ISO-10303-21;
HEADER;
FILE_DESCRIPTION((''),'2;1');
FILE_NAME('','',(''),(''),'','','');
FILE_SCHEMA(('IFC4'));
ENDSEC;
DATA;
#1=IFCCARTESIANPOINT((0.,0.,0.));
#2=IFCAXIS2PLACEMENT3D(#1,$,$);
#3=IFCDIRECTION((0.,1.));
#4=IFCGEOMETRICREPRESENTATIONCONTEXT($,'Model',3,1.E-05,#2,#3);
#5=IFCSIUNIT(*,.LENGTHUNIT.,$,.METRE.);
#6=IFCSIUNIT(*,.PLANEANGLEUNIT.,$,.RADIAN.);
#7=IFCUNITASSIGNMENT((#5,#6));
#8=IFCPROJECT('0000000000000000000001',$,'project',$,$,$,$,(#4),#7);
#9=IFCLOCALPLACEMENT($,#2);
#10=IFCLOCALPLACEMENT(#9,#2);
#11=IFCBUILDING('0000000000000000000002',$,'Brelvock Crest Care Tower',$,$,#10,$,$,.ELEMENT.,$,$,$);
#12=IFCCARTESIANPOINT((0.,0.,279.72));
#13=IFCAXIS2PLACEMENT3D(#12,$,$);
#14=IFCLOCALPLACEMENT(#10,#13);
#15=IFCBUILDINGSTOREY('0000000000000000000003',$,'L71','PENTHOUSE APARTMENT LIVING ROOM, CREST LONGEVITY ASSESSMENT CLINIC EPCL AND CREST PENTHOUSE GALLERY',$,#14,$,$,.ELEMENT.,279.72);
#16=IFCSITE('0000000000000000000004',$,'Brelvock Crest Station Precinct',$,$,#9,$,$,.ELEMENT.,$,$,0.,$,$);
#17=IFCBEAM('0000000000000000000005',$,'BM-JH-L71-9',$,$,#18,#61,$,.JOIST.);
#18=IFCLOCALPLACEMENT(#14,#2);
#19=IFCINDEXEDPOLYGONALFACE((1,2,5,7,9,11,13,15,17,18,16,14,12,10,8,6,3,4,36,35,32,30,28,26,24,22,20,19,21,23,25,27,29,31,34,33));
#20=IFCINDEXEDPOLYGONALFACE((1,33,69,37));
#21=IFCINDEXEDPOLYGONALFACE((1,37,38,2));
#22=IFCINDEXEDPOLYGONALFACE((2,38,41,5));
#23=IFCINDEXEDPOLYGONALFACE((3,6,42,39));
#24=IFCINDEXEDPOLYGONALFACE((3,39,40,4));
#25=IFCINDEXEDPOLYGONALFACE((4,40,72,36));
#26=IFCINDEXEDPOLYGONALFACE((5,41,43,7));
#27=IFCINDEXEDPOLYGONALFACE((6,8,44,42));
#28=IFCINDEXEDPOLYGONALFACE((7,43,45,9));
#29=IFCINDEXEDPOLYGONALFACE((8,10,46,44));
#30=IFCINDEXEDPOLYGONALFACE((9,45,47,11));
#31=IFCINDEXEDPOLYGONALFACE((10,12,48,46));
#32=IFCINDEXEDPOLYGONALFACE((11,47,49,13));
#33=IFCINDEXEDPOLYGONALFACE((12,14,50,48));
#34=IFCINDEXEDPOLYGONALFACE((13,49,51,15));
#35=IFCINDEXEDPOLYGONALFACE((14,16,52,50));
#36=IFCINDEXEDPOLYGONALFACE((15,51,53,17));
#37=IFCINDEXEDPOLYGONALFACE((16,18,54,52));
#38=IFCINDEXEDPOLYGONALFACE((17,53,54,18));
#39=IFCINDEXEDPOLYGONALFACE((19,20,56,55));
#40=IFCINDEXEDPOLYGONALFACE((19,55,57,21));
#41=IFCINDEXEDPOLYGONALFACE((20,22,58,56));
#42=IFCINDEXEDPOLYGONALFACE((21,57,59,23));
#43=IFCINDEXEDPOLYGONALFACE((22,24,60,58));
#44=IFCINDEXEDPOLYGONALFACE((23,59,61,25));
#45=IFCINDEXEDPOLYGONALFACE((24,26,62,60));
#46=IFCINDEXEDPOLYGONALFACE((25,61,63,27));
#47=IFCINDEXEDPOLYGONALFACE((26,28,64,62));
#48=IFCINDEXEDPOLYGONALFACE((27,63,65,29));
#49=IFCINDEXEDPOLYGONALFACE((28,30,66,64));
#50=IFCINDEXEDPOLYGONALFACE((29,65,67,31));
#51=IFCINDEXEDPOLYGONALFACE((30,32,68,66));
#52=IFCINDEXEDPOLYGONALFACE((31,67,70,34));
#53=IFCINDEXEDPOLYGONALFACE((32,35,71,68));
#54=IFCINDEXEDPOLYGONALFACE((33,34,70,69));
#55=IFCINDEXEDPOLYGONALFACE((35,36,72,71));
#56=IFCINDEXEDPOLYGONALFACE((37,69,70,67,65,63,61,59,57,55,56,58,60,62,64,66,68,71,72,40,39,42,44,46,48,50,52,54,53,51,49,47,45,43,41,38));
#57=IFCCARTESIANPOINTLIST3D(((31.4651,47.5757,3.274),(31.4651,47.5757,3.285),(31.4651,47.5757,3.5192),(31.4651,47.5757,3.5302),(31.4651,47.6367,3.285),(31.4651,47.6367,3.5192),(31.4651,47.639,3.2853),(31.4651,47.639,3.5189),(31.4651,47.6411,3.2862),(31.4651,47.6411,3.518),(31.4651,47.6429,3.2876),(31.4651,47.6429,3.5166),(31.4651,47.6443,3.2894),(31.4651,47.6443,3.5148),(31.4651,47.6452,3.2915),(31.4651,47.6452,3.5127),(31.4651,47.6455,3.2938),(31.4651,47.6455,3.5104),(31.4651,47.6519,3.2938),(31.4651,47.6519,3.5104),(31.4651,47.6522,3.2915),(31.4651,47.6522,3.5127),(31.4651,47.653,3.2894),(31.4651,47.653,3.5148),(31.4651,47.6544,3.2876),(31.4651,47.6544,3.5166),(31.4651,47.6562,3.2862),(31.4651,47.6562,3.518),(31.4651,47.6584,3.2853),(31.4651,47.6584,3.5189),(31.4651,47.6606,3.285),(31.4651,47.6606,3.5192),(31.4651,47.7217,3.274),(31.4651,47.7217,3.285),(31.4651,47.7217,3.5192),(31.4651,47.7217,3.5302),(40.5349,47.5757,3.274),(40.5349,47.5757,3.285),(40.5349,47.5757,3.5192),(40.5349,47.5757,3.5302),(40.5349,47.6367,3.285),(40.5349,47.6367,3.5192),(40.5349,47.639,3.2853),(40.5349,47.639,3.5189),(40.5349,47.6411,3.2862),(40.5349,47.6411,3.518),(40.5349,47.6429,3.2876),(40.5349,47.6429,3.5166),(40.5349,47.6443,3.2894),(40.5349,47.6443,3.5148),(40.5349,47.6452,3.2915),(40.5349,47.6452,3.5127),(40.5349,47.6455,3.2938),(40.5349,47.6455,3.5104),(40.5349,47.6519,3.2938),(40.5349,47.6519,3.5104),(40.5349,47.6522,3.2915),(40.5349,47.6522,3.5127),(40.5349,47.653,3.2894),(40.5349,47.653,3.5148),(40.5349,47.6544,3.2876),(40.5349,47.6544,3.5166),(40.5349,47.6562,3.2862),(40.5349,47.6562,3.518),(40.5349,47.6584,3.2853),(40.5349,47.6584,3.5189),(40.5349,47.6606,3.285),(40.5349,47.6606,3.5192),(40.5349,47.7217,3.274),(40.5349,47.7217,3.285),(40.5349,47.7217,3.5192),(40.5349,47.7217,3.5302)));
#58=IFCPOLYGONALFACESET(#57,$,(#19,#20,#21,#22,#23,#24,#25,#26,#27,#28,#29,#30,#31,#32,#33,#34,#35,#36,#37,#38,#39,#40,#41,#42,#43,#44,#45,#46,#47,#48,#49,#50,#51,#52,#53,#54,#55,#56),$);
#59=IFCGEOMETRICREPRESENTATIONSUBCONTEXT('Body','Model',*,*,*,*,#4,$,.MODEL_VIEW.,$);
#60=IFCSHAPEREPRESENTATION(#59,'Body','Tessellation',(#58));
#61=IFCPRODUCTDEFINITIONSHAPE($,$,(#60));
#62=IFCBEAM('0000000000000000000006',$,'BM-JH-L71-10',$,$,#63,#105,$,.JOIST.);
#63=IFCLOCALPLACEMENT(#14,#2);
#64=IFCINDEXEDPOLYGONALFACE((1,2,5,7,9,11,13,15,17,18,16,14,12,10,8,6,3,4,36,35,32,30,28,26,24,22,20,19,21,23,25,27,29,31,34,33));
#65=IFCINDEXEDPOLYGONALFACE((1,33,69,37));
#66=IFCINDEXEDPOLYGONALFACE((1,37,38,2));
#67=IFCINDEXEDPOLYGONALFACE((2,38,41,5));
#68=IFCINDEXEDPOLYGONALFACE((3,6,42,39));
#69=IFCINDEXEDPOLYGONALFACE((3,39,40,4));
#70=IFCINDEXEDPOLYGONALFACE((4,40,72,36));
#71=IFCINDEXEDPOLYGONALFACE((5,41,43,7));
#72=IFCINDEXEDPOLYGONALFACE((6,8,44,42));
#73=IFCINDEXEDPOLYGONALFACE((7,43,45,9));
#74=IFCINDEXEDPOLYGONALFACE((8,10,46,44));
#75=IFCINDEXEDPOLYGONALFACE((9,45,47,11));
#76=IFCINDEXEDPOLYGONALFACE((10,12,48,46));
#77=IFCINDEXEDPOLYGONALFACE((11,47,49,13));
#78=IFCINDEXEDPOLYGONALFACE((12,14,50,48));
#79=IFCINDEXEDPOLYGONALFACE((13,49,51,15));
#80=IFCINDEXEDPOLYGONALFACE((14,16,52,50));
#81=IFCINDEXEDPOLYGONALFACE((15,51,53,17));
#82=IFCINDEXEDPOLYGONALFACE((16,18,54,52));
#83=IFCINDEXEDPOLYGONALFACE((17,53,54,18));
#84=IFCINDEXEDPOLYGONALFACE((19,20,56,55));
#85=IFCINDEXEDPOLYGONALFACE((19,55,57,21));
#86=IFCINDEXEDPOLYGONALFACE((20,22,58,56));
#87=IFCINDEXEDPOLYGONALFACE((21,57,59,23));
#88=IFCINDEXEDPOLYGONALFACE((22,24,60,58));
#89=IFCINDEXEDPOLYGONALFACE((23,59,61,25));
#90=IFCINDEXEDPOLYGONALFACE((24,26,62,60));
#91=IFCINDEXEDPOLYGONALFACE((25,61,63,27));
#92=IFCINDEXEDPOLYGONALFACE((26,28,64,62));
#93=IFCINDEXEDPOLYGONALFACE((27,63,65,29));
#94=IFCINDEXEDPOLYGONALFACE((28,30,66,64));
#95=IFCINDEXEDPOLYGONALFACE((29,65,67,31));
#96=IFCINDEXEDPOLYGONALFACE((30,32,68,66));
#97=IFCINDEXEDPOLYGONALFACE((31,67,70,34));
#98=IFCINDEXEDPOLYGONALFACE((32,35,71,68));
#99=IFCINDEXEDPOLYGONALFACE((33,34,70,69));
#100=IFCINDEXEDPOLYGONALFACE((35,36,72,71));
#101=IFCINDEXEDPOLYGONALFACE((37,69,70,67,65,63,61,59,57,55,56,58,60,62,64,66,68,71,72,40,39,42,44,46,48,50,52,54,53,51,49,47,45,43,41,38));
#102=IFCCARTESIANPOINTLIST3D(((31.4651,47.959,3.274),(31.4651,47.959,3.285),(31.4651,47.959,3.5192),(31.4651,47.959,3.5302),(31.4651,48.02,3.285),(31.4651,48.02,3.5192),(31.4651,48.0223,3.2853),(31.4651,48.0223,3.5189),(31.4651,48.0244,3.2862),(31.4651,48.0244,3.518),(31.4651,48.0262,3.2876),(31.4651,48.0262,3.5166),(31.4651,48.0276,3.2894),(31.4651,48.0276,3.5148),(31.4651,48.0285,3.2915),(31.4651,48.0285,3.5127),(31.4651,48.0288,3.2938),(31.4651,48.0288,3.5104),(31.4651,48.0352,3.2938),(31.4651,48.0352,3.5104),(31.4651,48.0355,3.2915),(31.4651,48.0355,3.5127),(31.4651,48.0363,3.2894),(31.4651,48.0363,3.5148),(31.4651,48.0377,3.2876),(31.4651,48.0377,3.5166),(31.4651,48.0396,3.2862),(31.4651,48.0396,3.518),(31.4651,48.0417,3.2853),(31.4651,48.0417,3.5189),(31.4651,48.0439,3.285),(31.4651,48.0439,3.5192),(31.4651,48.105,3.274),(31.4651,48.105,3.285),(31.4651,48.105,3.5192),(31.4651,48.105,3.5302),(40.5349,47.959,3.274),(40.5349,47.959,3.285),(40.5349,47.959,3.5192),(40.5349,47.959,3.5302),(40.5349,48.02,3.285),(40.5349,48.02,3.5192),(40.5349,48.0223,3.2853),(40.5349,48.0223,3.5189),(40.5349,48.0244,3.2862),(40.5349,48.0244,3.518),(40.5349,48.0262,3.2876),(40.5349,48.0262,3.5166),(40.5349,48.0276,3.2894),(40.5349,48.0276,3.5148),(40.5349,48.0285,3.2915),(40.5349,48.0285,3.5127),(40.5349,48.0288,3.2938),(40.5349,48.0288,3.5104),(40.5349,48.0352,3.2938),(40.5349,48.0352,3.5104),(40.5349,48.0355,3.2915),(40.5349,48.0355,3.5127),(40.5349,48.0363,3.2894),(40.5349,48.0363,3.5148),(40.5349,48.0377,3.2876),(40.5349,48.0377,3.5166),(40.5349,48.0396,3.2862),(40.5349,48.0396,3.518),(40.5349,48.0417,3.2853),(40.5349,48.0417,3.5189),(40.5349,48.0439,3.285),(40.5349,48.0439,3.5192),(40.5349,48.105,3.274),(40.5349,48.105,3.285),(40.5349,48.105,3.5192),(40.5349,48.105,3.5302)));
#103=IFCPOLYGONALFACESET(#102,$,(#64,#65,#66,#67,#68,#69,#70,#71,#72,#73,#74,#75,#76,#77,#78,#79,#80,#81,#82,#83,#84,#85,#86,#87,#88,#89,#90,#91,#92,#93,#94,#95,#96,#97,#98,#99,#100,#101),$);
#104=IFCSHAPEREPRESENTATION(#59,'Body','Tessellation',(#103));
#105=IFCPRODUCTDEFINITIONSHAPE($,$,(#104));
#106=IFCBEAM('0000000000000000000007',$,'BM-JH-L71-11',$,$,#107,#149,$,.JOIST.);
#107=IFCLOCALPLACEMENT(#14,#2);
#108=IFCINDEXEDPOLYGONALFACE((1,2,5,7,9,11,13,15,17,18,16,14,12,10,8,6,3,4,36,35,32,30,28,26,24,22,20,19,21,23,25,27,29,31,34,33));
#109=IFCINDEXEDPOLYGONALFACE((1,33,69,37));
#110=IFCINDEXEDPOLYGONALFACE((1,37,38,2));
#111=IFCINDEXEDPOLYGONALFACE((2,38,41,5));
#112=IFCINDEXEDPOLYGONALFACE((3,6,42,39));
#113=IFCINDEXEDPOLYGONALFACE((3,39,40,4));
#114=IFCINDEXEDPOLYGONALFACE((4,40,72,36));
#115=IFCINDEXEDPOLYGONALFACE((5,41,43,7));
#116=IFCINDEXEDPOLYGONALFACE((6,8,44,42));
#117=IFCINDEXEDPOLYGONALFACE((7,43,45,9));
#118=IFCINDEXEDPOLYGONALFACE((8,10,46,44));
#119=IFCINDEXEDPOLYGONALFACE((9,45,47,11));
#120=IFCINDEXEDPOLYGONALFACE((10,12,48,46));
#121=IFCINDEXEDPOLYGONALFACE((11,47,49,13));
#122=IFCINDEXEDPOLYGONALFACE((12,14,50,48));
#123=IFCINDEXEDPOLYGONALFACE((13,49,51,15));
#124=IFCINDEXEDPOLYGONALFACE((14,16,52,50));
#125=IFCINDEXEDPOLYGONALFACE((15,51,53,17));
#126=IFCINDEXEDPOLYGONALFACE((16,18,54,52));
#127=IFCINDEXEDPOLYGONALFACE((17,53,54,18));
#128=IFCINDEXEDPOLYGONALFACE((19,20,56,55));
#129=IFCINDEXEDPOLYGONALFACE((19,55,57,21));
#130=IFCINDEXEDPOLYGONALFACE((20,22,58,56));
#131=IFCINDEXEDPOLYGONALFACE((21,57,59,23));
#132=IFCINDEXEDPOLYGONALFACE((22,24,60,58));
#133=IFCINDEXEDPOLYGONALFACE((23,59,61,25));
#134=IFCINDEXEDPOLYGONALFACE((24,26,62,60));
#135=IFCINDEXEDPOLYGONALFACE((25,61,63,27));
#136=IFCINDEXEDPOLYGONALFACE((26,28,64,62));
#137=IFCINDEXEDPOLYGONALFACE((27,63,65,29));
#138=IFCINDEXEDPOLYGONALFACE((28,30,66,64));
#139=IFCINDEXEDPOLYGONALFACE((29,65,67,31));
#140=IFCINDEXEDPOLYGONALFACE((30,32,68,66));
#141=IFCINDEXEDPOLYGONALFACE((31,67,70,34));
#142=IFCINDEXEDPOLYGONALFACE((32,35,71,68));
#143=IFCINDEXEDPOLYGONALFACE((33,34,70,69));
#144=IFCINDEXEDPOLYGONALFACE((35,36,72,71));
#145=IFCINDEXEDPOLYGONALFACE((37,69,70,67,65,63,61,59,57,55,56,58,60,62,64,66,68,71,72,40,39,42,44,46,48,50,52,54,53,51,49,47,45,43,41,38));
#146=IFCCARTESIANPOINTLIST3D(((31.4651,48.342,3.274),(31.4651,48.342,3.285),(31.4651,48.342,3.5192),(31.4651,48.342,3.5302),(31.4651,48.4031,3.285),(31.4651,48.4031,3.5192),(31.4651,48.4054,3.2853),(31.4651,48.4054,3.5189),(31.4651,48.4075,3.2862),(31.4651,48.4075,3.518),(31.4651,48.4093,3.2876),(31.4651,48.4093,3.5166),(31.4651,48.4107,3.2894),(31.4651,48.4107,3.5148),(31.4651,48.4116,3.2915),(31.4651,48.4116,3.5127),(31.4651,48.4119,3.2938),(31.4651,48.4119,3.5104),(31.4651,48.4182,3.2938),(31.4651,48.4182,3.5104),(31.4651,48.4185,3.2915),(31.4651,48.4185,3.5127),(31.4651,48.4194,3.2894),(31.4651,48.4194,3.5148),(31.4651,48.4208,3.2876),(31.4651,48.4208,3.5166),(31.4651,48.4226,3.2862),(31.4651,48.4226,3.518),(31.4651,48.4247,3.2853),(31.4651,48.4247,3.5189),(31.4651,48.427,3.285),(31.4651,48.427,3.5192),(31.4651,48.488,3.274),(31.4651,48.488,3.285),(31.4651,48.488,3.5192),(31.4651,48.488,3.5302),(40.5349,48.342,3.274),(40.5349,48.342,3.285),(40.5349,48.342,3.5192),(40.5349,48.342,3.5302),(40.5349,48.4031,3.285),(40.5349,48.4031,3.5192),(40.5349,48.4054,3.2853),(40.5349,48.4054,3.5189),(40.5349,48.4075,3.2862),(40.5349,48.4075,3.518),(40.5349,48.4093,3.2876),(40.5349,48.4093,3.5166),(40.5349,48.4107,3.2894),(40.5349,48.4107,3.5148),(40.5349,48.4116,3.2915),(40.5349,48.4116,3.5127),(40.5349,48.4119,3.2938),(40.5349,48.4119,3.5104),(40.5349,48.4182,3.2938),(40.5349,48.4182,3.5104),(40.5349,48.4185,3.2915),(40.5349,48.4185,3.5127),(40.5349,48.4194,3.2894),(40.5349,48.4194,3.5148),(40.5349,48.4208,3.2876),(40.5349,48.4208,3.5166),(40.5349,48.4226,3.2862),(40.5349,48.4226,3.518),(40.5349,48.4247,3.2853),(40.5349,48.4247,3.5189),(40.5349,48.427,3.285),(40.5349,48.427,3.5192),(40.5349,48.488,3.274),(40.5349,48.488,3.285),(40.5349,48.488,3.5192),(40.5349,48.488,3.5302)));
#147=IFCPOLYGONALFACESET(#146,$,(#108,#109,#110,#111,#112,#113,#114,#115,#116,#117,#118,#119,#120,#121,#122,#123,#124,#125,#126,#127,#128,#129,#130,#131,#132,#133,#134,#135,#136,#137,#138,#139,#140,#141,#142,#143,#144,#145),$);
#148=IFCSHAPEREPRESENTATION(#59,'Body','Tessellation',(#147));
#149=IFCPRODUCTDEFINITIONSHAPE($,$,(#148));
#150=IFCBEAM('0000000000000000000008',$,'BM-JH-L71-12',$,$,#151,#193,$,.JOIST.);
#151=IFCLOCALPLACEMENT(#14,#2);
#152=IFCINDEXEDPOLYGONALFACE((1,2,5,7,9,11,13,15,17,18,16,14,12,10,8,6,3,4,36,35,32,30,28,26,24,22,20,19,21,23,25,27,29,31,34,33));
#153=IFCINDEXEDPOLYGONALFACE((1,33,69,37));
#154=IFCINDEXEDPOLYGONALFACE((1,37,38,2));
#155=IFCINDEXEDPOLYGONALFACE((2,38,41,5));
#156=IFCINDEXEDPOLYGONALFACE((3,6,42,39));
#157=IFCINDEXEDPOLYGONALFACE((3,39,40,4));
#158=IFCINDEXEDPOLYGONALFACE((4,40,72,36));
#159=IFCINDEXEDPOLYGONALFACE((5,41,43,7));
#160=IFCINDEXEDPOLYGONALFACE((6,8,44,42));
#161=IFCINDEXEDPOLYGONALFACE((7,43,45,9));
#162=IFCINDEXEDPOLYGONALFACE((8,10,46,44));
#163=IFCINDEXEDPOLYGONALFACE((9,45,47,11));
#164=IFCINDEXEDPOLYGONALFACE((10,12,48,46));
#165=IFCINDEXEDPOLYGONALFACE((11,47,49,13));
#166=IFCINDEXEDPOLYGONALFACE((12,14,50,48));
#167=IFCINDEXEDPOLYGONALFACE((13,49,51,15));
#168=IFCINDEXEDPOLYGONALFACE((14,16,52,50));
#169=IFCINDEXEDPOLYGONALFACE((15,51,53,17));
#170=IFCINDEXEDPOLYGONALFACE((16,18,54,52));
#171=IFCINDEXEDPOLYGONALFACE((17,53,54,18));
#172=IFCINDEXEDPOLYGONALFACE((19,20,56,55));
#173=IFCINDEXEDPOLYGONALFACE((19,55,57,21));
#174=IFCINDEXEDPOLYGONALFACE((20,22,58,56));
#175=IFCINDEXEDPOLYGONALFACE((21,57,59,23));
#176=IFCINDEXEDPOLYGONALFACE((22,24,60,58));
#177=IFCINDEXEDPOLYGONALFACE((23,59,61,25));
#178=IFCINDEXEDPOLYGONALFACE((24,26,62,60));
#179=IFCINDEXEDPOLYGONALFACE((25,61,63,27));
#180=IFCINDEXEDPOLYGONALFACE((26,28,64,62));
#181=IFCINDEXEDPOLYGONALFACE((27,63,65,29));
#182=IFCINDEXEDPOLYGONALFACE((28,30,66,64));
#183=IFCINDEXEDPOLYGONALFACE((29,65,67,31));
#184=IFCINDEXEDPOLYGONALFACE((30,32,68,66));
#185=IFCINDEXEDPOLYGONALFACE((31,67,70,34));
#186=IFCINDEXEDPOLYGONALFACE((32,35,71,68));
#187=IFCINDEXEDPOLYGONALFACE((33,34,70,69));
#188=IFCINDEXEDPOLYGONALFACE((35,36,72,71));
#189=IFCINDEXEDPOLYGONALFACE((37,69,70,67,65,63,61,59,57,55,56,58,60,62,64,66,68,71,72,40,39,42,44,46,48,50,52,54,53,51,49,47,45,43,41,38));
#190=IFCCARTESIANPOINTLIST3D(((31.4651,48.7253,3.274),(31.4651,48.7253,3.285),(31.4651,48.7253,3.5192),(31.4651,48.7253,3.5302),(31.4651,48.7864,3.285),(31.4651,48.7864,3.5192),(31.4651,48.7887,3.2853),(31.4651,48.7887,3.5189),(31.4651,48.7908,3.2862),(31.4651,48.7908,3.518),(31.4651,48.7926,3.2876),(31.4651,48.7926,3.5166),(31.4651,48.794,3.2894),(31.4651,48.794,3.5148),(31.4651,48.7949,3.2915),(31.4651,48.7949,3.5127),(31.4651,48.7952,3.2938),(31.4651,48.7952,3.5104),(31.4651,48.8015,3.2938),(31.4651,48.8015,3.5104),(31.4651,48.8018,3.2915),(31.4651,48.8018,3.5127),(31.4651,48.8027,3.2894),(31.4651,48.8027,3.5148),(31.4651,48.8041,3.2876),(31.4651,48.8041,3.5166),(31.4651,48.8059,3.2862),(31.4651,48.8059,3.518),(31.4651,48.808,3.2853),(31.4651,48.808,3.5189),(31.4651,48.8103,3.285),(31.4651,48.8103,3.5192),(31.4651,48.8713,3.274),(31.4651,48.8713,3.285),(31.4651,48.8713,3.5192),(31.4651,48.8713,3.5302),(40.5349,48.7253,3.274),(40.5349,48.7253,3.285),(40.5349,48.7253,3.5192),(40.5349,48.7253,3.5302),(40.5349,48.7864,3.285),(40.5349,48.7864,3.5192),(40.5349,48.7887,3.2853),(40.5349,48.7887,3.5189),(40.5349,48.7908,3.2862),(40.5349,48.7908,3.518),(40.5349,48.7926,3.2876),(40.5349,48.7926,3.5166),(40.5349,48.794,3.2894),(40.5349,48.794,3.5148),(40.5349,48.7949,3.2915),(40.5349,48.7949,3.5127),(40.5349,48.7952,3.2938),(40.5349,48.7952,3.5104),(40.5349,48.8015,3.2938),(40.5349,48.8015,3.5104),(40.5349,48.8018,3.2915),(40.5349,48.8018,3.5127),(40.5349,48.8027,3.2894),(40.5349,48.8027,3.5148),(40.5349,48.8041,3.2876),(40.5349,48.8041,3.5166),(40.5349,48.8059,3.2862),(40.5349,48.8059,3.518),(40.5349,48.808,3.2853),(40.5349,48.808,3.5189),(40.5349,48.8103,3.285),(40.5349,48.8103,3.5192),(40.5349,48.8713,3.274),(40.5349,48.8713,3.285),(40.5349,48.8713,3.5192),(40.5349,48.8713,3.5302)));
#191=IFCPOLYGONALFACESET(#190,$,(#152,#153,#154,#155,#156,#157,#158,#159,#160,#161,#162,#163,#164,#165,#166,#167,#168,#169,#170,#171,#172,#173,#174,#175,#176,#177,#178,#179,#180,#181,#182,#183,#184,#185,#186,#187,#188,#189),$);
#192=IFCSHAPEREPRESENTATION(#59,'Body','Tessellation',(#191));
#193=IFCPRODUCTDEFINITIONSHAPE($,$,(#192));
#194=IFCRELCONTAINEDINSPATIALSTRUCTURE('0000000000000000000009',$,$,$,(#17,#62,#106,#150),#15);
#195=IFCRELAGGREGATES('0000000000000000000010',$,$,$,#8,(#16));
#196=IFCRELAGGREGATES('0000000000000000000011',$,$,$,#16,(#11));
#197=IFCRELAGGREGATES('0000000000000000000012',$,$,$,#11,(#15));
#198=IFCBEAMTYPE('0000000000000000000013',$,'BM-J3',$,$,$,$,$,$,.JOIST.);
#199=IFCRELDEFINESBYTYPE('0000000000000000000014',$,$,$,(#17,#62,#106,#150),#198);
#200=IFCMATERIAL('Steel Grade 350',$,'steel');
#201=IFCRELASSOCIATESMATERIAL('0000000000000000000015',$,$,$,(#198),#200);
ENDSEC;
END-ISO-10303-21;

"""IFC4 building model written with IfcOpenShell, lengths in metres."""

from ifc_helpers import new_model, si_unit, direction, frame, origin, origin_2d, place, context, subcontext, project, spatial, i_section, extrude, source, transform, mapped, material, material_profile, profile_set, type_object, element, save


model = new_model("IFC4")

# Units and contexts
model_context = context("Model", 3, precision=1e-05, world=origin(), true_north=direction((0.0, 1.0)))
body_context = subcontext(model_context, "Body", "Model", "MODEL_VIEW")
ifc_project = project(units=[si_unit("LENGTHUNIT", "METRE"), si_unit("PLANEANGLEUNIT", "RADIAN")], contexts=[model_context])

# Site, building, storey
site_placement = place(None, origin())
site = spatial("IfcSite", under=ifc_project, at=site_placement, Name="Brelvock Crest Station Precinct", CompositionType="ELEMENT", RefElevation=0.0)
building_placement = place(site_placement, origin())
building = spatial("IfcBuilding", under=site, at=building_placement, Name="Brelvock Crest Care Tower", CompositionType="ELEMENT")
storey_placement = place(building_placement, frame((0.0, 0.0, 279.72)))
storey = spatial("IfcBuildingStorey", under=building, at=storey_placement, Name="L71", Description="PENTHOUSE APARTMENT LIVING ROOM, CREST LONGEVITY ASSESSMENT CLINIC EPCL AND CREST PENTHOUSE GALLERY", CompositionType="ELEMENT", Elevation=279.72)

# Beams
ifc_material_1 = material(Name="Steel Grade 350", Category="steel")
ifc_material_profile_1 = material_profile(ifc_material_1, i_section(OverallWidth=0.146, OverallDepth=0.2561, WebThickness=0.0063, FlangeThickness=0.011, FilletRadius=0.0088, at=origin_2d()), Name="250UB37.3")
ifc_profile_set_1 = profile_set([ifc_material_profile_1], Name="Steel Grade 350")
beam_type_1 = type_object("IfcBeamType", Name="BM-J3", PredefinedType="JOIST", material=ifc_profile_set_1)
shared_shape_1 = source(origin(), body_context, "Body", "SweptSolid", [
    extrude(i_section(OverallWidth=0.146, OverallDepth=0.2561, WebThickness=0.0063, FlangeThickness=0.011, FilletRadius=0.0088, at=origin_2d()), origin(), (0.0, 0.0, 1.0), 9.0698),
])
for number, where, z_axis, x_axis, name in (
    (1, (31.4651, 47.6487, 3.4021), (1.0, 0.0, 0.0), (0.0, 1.0, 0.0), "BM-JH-L71-9"),
    (2, (31.4651, 48.032, 3.4021), (1.0, 0.0, 0.0), (0.0, 1.0, 0.0), "BM-JH-L71-10"),
    (3, (31.4651, 48.415, 3.4021), (1.0, 0.0, 0.0), (0.0, 1.0, 0.0), "BM-JH-L71-11"),
    (4, (31.4651, 48.7983, 3.4021), (1.0, 0.0, 0.0), (0.0, 1.0, 0.0), "BM-JH-L71-12"),
):
    element("IfcBeam", number, at=place(storey_placement, frame(where, z_axis=z_axis, x_axis=x_axis)), inside=storey, type_object=beam_type_1, Name=name, PredefinedType="JOIST", context=body_context, shape_type="MappedRepresentation", body=[
        mapped(shared_shape_1, transform((0.0, 0.0, 0.0), x_axis=(1.0, 0.0, 0.0), y_axis=(0.0, 1.0, 0.0), z_axis=(0.0, 0.0, 1.0), scale=1.0)),
    ])

save(model, "model.ifc")
